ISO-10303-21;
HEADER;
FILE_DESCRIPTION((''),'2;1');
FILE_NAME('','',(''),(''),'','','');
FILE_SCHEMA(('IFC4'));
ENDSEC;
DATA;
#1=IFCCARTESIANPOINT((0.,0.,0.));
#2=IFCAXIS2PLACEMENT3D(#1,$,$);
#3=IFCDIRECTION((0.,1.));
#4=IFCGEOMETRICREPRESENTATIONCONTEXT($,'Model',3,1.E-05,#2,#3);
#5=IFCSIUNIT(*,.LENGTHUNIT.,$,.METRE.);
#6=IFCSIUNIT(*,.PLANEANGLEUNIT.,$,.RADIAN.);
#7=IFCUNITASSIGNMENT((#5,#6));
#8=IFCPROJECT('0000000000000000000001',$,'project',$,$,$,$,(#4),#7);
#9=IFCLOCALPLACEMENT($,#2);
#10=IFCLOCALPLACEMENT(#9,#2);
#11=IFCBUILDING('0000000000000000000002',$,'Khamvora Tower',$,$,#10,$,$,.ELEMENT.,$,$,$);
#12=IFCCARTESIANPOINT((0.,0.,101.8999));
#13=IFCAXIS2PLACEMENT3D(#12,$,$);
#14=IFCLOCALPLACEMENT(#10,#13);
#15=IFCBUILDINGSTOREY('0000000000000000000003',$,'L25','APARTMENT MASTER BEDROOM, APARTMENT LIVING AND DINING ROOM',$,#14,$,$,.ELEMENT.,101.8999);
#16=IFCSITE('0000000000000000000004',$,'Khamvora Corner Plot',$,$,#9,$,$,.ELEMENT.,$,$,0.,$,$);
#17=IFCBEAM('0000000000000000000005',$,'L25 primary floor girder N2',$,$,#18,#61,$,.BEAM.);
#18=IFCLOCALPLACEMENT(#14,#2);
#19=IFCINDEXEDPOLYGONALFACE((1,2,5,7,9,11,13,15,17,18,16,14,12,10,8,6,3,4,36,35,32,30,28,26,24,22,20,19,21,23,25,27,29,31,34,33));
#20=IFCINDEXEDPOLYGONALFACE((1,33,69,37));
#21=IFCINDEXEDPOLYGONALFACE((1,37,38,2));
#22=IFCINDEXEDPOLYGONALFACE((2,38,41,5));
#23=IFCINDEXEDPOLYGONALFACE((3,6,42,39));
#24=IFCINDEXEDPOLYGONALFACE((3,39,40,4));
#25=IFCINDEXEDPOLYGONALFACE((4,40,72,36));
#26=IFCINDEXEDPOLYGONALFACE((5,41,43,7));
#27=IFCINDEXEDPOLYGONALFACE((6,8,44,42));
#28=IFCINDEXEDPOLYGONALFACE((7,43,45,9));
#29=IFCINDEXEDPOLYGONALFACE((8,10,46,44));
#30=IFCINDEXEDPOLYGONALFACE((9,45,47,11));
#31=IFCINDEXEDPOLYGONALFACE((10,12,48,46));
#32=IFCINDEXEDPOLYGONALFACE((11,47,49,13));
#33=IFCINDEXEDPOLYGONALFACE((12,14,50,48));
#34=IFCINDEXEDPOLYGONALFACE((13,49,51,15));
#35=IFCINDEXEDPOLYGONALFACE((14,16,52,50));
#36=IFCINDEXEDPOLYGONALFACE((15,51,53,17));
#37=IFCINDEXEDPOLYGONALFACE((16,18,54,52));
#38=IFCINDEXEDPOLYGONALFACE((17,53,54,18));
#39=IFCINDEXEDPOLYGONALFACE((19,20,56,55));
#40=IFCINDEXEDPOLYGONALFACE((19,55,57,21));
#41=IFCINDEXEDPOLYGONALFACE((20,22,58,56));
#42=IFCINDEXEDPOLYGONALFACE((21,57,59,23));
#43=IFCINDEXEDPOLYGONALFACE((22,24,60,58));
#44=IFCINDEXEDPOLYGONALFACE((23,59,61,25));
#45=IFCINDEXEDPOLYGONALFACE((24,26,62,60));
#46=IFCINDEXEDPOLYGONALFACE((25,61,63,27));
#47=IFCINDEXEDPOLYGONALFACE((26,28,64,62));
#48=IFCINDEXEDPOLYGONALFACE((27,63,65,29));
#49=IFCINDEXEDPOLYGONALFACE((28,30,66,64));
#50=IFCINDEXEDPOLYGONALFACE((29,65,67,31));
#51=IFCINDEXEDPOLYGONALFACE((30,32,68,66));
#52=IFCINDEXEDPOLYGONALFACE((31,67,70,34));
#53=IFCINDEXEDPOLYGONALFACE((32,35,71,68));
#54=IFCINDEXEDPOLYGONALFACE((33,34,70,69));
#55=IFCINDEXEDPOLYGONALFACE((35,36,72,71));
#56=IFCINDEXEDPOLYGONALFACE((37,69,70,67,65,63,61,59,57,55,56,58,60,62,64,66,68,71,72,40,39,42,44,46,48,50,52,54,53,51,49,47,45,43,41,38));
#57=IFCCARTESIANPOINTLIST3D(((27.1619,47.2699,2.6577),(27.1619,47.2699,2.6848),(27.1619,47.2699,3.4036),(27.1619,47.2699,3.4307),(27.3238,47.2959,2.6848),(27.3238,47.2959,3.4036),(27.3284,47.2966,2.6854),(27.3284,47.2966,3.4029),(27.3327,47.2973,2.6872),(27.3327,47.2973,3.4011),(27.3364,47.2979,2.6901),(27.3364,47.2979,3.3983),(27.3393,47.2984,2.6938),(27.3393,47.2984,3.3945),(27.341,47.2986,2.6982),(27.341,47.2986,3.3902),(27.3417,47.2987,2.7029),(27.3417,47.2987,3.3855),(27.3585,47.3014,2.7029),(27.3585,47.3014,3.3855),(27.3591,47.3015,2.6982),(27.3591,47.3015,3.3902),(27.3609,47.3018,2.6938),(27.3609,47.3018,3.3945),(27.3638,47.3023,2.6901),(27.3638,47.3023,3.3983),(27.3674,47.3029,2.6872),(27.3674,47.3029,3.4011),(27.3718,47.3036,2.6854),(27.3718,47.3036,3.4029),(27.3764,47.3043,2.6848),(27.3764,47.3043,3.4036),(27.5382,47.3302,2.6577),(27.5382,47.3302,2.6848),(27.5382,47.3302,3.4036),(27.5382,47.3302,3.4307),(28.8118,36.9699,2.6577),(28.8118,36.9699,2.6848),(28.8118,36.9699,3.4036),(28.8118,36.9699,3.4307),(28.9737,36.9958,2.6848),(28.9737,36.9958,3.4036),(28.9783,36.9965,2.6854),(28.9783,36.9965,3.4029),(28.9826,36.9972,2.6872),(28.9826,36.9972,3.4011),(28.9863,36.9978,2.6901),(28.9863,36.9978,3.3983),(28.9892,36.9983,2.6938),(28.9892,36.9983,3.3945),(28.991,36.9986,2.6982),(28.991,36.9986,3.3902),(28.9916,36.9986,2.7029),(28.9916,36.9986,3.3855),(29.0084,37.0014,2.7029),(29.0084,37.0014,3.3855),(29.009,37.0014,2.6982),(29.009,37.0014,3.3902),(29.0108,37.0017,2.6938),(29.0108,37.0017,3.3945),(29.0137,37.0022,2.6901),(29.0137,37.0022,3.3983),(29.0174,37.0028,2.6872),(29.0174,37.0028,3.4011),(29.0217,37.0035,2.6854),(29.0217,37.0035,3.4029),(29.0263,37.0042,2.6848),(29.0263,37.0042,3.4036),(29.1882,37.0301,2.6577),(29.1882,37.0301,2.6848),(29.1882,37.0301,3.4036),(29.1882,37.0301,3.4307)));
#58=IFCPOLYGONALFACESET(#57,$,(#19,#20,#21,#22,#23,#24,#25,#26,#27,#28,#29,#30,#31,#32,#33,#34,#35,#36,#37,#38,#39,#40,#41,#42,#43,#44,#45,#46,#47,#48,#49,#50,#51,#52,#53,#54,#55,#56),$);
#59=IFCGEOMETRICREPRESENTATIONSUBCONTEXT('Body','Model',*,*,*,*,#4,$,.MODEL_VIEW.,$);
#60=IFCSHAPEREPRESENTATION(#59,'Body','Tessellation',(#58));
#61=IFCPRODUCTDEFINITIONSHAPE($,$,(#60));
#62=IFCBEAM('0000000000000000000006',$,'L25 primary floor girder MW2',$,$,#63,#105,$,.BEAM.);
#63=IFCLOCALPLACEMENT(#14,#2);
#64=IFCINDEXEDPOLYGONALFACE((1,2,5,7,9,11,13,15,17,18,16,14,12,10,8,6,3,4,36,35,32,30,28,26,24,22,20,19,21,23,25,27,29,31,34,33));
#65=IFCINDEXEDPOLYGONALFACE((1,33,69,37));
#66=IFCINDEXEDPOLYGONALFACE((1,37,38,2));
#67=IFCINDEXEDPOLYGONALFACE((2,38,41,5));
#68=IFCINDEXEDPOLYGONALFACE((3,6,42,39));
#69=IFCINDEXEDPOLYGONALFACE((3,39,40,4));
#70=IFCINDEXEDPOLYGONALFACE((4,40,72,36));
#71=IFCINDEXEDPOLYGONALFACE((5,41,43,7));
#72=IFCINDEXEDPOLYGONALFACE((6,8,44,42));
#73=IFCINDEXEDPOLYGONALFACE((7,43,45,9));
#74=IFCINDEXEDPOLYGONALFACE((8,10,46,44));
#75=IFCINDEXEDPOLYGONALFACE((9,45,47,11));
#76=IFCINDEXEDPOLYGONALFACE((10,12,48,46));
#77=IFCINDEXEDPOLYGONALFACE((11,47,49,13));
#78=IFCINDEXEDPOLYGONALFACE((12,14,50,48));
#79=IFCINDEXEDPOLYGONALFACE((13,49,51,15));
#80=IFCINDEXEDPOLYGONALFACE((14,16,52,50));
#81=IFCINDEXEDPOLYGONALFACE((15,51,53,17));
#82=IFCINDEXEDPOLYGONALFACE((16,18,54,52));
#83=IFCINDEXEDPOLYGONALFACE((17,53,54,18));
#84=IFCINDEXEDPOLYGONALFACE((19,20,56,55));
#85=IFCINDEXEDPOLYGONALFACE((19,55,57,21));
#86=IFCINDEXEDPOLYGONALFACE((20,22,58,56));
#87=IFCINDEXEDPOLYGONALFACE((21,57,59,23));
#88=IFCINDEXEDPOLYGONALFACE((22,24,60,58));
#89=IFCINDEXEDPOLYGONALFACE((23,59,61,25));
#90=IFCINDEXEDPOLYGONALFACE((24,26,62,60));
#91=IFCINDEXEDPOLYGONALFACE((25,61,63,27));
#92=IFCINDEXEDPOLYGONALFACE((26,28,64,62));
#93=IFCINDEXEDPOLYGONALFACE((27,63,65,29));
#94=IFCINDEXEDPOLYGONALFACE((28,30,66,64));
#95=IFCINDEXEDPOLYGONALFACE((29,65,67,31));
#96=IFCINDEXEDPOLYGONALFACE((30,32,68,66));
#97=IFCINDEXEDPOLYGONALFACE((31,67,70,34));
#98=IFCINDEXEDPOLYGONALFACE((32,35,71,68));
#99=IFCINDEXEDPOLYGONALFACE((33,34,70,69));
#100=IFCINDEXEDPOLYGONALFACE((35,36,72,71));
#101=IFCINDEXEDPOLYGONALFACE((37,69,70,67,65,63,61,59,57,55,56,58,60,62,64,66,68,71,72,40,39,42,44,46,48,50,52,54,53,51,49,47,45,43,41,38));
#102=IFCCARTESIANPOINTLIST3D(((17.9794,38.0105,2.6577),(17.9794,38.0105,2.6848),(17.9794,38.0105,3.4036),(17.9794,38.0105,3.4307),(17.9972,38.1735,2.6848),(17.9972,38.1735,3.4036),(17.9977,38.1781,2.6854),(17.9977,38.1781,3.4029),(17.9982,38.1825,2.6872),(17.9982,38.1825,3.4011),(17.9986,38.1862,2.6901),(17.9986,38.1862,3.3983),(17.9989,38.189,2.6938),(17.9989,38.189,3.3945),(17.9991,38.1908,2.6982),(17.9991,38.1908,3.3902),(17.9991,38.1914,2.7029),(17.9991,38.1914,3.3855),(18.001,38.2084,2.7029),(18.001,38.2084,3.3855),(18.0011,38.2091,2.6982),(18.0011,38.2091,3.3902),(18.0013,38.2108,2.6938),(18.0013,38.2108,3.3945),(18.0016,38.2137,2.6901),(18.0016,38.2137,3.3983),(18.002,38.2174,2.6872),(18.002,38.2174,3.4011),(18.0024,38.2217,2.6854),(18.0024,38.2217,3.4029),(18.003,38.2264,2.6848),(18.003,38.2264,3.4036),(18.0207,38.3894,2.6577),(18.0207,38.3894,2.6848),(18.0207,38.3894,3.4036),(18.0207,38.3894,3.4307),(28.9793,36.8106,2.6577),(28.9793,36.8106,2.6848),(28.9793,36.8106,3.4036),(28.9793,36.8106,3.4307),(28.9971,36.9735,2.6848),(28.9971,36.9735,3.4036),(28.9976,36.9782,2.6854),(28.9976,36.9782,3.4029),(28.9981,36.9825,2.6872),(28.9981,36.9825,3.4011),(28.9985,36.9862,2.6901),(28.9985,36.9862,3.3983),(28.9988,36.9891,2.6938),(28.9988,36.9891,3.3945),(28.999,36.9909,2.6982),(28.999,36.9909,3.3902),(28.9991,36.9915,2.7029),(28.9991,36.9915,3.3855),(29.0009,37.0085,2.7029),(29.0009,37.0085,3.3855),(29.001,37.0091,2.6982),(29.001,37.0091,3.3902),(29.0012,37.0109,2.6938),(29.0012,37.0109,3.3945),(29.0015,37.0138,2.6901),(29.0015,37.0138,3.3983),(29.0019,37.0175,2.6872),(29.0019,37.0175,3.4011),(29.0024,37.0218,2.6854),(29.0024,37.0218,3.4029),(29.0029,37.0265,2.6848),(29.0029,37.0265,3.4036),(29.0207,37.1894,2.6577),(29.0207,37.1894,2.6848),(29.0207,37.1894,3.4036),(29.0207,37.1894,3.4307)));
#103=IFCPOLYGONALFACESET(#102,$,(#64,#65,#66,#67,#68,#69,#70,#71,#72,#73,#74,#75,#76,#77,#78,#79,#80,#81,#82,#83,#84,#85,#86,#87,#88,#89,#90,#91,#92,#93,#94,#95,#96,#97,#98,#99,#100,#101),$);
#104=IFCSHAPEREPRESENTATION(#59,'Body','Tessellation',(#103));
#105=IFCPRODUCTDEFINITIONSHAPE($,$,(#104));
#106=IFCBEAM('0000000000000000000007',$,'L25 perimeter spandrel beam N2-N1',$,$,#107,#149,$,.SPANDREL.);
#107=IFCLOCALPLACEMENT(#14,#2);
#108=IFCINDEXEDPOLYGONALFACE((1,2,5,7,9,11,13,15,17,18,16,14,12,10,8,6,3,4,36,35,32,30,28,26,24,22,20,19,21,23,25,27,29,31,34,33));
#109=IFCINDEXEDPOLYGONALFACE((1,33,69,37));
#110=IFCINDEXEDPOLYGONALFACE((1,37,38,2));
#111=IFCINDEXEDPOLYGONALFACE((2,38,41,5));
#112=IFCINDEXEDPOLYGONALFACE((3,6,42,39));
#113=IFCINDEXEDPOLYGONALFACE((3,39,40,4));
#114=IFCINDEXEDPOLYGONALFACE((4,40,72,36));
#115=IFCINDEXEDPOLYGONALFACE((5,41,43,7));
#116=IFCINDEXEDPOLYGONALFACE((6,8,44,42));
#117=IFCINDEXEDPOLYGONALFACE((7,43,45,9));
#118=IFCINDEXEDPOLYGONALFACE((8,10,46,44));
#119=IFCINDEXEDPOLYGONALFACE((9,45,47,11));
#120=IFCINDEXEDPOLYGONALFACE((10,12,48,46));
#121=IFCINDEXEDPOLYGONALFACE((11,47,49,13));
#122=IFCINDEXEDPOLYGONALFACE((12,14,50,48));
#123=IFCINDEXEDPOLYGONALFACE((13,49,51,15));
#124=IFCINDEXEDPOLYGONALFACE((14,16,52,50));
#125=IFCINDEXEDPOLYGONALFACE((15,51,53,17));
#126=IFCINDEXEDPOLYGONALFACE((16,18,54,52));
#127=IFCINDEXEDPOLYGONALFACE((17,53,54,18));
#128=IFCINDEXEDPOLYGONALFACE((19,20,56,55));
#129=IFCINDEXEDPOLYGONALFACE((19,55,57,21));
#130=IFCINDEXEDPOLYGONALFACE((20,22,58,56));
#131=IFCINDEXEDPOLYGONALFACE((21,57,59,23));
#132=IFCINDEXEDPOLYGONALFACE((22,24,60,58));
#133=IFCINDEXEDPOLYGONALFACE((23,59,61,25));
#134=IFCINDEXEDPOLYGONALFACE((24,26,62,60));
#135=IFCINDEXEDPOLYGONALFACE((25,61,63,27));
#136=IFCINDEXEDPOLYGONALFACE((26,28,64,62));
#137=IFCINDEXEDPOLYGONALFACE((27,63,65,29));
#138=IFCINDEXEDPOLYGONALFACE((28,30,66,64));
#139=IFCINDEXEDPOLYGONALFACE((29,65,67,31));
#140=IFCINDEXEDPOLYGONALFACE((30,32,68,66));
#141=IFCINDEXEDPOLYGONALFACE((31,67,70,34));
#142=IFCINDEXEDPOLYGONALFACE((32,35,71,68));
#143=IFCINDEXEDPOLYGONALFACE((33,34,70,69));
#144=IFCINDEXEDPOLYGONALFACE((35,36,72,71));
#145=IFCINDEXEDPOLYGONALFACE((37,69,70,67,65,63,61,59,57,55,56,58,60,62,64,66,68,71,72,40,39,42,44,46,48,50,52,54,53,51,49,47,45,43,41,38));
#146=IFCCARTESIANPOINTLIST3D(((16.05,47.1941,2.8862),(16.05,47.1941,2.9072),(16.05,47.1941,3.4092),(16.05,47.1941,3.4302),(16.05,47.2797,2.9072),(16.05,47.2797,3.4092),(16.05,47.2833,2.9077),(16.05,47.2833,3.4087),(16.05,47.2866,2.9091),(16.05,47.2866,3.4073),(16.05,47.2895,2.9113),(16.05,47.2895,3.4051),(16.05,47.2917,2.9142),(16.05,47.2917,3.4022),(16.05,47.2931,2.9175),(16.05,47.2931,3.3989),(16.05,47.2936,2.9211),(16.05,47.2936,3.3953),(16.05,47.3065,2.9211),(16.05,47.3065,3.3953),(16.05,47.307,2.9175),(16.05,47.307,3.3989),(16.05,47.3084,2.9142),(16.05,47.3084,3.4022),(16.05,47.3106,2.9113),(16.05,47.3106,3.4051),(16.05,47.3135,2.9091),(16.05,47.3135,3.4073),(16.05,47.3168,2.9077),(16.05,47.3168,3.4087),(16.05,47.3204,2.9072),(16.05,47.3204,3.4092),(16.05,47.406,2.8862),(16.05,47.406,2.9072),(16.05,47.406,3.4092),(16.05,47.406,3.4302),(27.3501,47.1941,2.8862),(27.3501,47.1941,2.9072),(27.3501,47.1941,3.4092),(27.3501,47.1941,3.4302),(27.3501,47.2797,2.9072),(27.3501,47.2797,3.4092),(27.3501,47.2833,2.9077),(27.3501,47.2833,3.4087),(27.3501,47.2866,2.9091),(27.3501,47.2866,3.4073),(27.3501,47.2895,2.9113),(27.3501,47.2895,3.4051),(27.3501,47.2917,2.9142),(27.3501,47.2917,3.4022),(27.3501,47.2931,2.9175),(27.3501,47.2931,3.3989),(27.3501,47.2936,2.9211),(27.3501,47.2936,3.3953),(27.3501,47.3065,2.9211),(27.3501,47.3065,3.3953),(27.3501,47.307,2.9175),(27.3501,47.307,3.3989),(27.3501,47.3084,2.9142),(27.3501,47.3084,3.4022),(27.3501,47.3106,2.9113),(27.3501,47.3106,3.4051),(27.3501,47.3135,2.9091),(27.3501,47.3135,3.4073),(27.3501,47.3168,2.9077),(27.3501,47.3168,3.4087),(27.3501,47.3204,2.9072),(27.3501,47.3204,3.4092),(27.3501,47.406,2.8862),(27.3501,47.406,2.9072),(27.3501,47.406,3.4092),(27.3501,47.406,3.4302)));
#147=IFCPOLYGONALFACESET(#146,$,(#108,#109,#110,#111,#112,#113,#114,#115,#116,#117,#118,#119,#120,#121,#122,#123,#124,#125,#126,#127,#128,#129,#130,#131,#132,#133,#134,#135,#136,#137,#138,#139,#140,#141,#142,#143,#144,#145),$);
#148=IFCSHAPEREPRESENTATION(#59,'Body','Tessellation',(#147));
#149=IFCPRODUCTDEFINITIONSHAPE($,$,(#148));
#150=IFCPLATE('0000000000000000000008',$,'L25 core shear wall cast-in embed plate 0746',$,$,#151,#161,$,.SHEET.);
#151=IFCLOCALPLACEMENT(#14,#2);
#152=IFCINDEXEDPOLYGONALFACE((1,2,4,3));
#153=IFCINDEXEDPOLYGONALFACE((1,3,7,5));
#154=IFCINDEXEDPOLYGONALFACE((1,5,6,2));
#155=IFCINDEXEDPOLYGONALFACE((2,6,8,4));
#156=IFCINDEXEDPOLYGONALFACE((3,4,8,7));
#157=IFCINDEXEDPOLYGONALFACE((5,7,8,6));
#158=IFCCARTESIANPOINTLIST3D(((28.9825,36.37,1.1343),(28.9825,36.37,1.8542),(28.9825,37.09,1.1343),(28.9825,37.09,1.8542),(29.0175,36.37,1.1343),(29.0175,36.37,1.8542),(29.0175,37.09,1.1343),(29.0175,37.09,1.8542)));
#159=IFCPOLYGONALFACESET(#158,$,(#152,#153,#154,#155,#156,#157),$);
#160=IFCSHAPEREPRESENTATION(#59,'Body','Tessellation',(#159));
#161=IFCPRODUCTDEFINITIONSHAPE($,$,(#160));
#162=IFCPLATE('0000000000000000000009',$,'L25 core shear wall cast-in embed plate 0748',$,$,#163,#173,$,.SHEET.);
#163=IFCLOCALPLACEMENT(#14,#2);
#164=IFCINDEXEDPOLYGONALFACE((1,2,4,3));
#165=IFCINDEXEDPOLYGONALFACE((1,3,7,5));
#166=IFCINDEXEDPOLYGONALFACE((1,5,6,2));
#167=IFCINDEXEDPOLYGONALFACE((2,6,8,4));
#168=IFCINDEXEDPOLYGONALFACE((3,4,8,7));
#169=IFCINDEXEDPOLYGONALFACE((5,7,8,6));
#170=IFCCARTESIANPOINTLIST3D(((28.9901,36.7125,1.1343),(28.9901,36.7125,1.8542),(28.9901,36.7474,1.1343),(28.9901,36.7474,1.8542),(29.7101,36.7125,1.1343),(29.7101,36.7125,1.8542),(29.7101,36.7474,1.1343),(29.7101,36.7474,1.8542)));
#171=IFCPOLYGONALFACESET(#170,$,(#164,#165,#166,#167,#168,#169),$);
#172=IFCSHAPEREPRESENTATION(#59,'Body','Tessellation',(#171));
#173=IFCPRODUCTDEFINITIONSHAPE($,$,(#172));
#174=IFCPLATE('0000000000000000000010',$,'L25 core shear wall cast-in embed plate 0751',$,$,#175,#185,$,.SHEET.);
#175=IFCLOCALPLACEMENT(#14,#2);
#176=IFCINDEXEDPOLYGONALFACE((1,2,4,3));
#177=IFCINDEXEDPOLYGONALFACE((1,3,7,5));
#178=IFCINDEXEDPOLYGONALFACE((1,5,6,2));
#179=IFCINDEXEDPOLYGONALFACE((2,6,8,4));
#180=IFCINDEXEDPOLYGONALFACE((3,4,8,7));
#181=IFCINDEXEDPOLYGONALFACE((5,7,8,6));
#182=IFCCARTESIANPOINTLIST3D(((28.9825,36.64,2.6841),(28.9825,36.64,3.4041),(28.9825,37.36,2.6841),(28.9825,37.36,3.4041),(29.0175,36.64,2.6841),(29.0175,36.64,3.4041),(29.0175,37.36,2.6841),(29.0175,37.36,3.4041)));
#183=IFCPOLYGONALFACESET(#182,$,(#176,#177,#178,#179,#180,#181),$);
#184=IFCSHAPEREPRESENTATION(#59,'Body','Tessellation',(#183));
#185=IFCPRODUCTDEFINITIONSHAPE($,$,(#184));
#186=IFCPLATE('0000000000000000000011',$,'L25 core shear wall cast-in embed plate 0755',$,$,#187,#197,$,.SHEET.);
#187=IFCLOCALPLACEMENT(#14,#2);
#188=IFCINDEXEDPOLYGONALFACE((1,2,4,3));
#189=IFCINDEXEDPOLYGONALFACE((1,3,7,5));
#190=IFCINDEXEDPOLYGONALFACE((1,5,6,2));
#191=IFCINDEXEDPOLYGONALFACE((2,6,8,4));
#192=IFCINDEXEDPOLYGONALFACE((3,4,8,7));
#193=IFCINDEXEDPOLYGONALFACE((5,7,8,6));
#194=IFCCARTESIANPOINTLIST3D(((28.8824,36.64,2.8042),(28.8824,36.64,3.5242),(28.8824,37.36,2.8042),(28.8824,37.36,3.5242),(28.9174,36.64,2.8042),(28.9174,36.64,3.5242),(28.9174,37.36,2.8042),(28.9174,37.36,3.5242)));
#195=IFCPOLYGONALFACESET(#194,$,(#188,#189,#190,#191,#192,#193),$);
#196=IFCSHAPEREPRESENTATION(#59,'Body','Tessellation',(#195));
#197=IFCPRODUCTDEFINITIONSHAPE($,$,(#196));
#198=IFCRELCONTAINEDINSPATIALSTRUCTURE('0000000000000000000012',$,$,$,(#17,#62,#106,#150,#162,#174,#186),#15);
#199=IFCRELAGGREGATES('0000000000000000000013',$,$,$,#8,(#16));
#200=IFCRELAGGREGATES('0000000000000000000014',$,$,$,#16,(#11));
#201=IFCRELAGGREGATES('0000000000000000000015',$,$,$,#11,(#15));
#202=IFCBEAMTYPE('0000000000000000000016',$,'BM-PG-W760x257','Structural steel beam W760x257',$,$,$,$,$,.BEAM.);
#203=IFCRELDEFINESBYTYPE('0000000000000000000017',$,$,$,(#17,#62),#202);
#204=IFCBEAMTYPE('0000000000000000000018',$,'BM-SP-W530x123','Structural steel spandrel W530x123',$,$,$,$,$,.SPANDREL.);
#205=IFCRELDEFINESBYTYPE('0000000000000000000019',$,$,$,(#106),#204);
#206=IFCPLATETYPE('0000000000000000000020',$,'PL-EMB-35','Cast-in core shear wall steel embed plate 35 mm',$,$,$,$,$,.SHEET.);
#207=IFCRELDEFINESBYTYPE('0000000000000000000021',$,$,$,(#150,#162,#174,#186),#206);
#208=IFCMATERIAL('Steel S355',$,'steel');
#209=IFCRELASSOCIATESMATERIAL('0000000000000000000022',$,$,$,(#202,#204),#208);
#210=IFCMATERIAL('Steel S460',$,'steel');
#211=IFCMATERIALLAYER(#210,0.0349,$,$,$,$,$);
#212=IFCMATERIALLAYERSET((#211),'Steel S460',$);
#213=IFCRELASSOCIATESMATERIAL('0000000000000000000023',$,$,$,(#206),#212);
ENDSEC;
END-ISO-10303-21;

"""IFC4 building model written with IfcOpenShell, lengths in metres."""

from ifc_helpers import new_model, si_unit, direction, frame, origin, origin_2d, place, context, subcontext, project, spatial, rectangle, i_section, extrude, material, layer, layer_set, material_profile, profile_set, type_object, element, save


model = new_model("IFC4")

# Units and contexts
model_context = context("Model", 3, precision=1e-05, world=origin(), true_north=direction((0.0, 1.0)))
body_context = subcontext(model_context, "Body", "Model", "MODEL_VIEW")
ifc_project = project(units=[si_unit("LENGTHUNIT", "METRE"), si_unit("PLANEANGLEUNIT", "RADIAN")], contexts=[model_context])

# Site, building, storey
site_placement = place(None, origin())
site = spatial("IfcSite", under=ifc_project, at=site_placement, Name="Khamvora Corner Plot", CompositionType="ELEMENT", RefElevation=0.0)
building_placement = place(site_placement, origin())
building = spatial("IfcBuilding", under=site, at=building_placement, Name="Khamvora Tower", CompositionType="ELEMENT")
storey_placement = place(building_placement, frame((0.0, 0.0, 101.8999)))
storey = spatial("IfcBuildingStorey", under=building, at=storey_placement, Name="L25", Description="APARTMENT MASTER BEDROOM, APARTMENT LIVING AND DINING ROOM", CompositionType="ELEMENT", Elevation=101.8999)

# Shared definitions
ifc_material_1 = material(Name="Steel S355", Category="steel")
ifc_material_2 = material(Name="Steel S460", Category="steel")

# Beams
ifc_material_profile_1 = material_profile(ifc_material_1, i_section(OverallWidth=0.3811, OverallDepth=0.7729, WebThickness=0.0171, FlangeThickness=0.0271, FilletRadius=0.0181, at=origin_2d()), Name="W760x257")
ifc_profile_set_1 = profile_set([ifc_material_profile_1], Name="Steel S355")
beam_type_1 = type_object("IfcBeamType", Name="BM-PG-W760x257", Description="Structural steel beam W760x257", PredefinedType="BEAM", material=ifc_profile_set_1)
beam_1_placement = place(storey_placement, frame((29.0, 37.0, 3.0442), z_axis=(-0.158168, 0.987412, 0.0), x_axis=(-0.987412, -0.158168, 0.0)))
element("IfcBeam", 1, at=beam_1_placement, inside=storey, type_object=beam_type_1, Name="L25 primary floor girder N2", PredefinedType="BEAM", context=body_context, shape_type="SweptSolid", body=[
    extrude(i_section(OverallWidth=0.3811, OverallDepth=0.7729, WebThickness=0.0171, FlangeThickness=0.0271, FilletRadius=0.0181, at=origin_2d()), origin(), (0.0, 0.0, 1.0), 10.4314),
])
beam_2_placement = place(storey_placement, frame((29.0, 37.0, 3.0442), z_axis=(-0.994103, 0.108443, 0.0), x_axis=(-0.108443, -0.994103, 0.0)))
element("IfcBeam", 2, at=beam_2_placement, inside=storey, type_object=beam_type_1, Name="L25 primary floor girder MW2", PredefinedType="BEAM", context=body_context, shape_type="SweptSolid", body=[
    extrude(i_section(OverallWidth=0.3811, OverallDepth=0.7729, WebThickness=0.0171, FlangeThickness=0.0271, FilletRadius=0.0181, at=origin_2d()), origin(), (0.0, 0.0, 1.0), 11.0652),
])
ifc_material_profile_2 = material_profile(ifc_material_1, i_section(OverallWidth=0.2119, OverallDepth=0.5439, WebThickness=0.0129, FlangeThickness=0.021, FilletRadius=0.0139, at=origin_2d()), Name="W530x123")
ifc_profile_set_2 = profile_set([ifc_material_profile_2], Name="Steel S355")
beam_type_2 = type_object("IfcBeamType", Name="BM-SP-W530x123", Description="Structural steel spandrel W530x123", PredefinedType="SPANDREL", material=ifc_profile_set_2)
beam_3_placement = place(storey_placement, frame((27.3501, 47.3, 3.1582), z_axis=(-1.0, 0.0, 0.0), x_axis=(0.0, -1.0, 0.0)))
element("IfcBeam", 3, at=beam_3_placement, inside=storey, type_object=beam_type_2, Name="L25 perimeter spandrel beam N2-N1", PredefinedType="SPANDREL", context=body_context, shape_type="SweptSolid", body=[
    extrude(i_section(OverallWidth=0.2119, OverallDepth=0.5439, WebThickness=0.0129, FlangeThickness=0.021, FilletRadius=0.0139, at=origin_2d()), origin(), (0.0, 0.0, 1.0), 11.3),
])

# Plates
ifc_layer_1 = layer(ifc_material_2, 0.0349)
ifc_layer_set_1 = layer_set([ifc_layer_1], Name="Steel S460")
plate_type = type_object("IfcPlateType", Name="PL-EMB-35", Description="Cast-in core shear wall steel embed plate 35 mm", PredefinedType="SHEET", material=ifc_layer_set_1)
plate_1_placement = place(storey_placement, frame((29.0, 36.73, 1.1343), z_axis=(0.0, 0.0, 1.0), x_axis=(1.0, 0.0, 0.0)))
element("IfcPlate", 4, at=plate_1_placement, inside=storey, type_object=plate_type, Name="L25 core shear wall cast-in embed plate 0746", PredefinedType="SHEET", context=body_context, shape_type="SweptSolid", body=[
    extrude(rectangle(XDim=0.0349, YDim=0.72, at=origin_2d()), origin(), (0.0, 0.0, 1.0), 0.72),
])
plate_2_placement = place(storey_placement, frame((29.3501, 36.73, 1.1343), z_axis=(0.0, 0.0, 1.0), x_axis=(1.0, 0.0, 0.0)))
element("IfcPlate", 5, at=plate_2_placement, inside=storey, type_object=plate_type, Name="L25 core shear wall cast-in embed plate 0748", PredefinedType="SHEET", context=body_context, shape_type="SweptSolid", body=[
    extrude(rectangle(XDim=0.72, YDim=0.0349, at=origin_2d()), origin(), (0.0, 0.0, 1.0), 0.72),
])
for number, where, z_axis, x_axis, name in (
    (6, (29.0, 37.0, 2.6841), (0.0, 0.0, 1.0), (1.0, 0.0, 0.0), "L25 core shear wall cast-in embed plate 0751"),
    (7, (28.8999, 37.0, 2.8042), (0.0, 0.0, 1.0), (1.0, 0.0, 0.0), "L25 core shear wall cast-in embed plate 0755"),
):
    element("IfcPlate", number, at=place(storey_placement, frame(where, z_axis=z_axis, x_axis=x_axis)), inside=storey, type_object=plate_type, Name=name, PredefinedType="SHEET", context=body_context, shape_type="SweptSolid", body=[
        extrude(rectangle(XDim=0.0349, YDim=0.72, at=origin_2d()), origin(), (0.0, 0.0, 1.0), 0.72),
    ])

save(model, "model.ifc")
